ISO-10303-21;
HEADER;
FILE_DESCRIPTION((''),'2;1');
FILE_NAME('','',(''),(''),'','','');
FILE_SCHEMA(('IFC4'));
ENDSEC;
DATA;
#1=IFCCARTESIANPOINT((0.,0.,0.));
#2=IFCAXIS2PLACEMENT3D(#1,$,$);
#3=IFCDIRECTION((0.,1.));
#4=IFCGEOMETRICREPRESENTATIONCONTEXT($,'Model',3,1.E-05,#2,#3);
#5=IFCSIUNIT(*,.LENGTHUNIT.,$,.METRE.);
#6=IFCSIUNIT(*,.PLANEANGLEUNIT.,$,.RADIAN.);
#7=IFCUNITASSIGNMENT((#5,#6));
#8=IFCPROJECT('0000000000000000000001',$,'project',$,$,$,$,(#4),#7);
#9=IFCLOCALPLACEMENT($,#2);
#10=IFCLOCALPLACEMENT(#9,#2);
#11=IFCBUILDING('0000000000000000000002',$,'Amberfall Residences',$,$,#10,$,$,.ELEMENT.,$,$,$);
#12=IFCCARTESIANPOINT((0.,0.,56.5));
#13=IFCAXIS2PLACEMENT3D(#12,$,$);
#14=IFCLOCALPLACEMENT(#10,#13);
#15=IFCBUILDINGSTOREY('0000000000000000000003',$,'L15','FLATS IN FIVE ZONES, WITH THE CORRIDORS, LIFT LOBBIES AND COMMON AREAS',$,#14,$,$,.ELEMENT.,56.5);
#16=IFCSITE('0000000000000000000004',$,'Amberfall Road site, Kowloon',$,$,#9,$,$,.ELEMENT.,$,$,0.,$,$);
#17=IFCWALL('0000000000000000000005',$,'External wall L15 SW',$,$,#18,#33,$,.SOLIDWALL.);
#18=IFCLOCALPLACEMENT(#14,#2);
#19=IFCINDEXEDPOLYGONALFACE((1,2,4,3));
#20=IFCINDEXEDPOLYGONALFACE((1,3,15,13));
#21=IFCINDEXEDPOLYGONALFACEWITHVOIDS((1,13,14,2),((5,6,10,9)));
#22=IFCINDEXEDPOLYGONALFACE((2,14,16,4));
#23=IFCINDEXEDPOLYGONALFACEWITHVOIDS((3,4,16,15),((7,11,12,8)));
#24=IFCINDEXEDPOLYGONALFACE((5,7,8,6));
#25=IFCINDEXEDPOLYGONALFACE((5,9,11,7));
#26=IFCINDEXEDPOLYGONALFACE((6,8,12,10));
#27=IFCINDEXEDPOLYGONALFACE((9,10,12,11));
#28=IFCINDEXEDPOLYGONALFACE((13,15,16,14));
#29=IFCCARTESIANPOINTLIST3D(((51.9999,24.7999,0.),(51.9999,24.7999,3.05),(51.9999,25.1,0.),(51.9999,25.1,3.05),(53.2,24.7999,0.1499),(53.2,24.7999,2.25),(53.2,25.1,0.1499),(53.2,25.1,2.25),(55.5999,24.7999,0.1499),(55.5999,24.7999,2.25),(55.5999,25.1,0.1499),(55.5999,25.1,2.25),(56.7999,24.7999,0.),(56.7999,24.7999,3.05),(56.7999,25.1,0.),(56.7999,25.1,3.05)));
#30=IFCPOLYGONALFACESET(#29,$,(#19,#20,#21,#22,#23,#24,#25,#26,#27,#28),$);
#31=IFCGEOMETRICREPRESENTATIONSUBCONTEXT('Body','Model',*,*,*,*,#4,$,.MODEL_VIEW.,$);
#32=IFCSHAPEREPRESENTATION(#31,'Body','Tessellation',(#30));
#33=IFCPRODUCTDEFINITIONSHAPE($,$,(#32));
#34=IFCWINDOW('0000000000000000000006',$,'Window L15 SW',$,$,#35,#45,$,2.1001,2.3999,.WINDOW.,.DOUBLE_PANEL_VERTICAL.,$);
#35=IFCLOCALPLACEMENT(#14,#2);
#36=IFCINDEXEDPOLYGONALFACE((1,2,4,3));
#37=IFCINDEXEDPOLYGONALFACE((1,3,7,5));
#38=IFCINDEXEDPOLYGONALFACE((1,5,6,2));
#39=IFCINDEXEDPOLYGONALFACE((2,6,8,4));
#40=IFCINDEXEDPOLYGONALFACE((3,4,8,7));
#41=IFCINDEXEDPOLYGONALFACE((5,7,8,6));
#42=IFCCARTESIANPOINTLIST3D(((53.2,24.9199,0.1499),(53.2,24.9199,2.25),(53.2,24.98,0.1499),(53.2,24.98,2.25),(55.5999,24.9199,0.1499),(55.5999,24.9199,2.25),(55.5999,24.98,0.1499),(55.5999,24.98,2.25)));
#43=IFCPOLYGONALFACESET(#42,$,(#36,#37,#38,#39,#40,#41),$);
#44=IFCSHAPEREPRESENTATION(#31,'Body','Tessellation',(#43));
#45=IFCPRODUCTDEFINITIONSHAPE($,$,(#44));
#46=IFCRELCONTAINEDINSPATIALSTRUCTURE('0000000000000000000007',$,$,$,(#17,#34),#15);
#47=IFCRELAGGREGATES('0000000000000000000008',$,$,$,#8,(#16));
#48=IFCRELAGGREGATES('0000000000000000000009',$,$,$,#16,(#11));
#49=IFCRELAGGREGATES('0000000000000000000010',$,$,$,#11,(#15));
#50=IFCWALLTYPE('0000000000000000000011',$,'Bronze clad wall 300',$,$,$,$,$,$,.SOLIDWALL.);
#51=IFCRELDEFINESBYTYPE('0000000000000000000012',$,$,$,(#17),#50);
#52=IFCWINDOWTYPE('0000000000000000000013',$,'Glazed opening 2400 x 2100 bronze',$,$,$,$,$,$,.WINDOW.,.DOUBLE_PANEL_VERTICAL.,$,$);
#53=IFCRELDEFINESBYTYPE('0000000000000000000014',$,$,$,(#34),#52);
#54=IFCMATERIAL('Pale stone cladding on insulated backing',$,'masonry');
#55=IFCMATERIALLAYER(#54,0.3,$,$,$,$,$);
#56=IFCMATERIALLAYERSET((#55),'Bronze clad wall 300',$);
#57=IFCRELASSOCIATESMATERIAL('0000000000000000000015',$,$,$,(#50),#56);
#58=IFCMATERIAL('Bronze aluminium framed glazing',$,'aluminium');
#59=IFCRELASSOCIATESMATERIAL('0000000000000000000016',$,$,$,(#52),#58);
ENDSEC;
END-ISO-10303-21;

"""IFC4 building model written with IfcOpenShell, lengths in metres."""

from ifc_helpers import new_model, si_unit, direction, frame, frame_2d, origin, place, context, subcontext, project, spatial, rectangle, extrude, material, layer, layer_set, type_object, element, fill, save


model = new_model("IFC4")

# Units and contexts
model_context = context("Model", 3, precision=1e-05, world=origin(), true_north=direction((0.0, 1.0)))
body_context = subcontext(model_context, "Body", "Model", "MODEL_VIEW")
ifc_project = project(units=[si_unit("LENGTHUNIT", "METRE"), si_unit("PLANEANGLEUNIT", "RADIAN")], contexts=[model_context])

# Site, building, storey
site_placement = place(None, origin())
site = spatial("IfcSite", under=ifc_project, at=site_placement, Name="Amberfall Road site, Kowloon", CompositionType="ELEMENT", RefElevation=0.0)
building_placement = place(site_placement, origin())
building = spatial("IfcBuilding", under=site, at=building_placement, Name="Amberfall Residences", CompositionType="ELEMENT")
storey_placement = place(building_placement, frame((0.0, 0.0, 56.5)))
storey = spatial("IfcBuildingStorey", under=building, at=storey_placement, Name="L15", Description="FLATS IN FIVE ZONES, WITH THE CORRIDORS, LIFT LOBBIES AND COMMON AREAS", CompositionType="ELEMENT", Elevation=56.5)

# Wall, opening, window
ifc_material_1 = material(Name="Pale stone cladding on insulated backing", Category="masonry")
ifc_layer_1 = layer(ifc_material_1, 0.3)
ifc_layer_set_1 = layer_set([ifc_layer_1], Name="Bronze clad wall 300")
wall_type = type_object("IfcWallType", Name="Bronze clad wall 300", PredefinedType="SOLIDWALL", material=ifc_layer_set_1)
wall_placement = place(storey_placement, frame((52.0, 24.95, 0.0), z_axis=(0.0, 0.0, 1.0), x_axis=(1.0, 0.0, 0.0)))
wall = element("IfcWall", 1, at=wall_placement, inside=storey, type_object=wall_type, Name="External wall L15 SW", PredefinedType="SOLIDWALL", context=body_context, shape_type="SweptSolid", body=[
    extrude(rectangle(XDim=4.8, YDim=0.3, at=frame_2d((2.3999, 0.0))), origin(), (0.0, 0.0, 1.0), 3.05),
])
opening_placement = place(wall_placement, frame((1.2, 0.0, 0.1499)))
opening = element("IfcOpeningElement", 2, at=opening_placement, cuts=wall, PredefinedType="OPENING", context=body_context, shape_type="SweptSolid", body=[
    extrude(rectangle(XDim=2.3999, YDim=2.1001, at=frame_2d((1.2, 1.05))), frame((0.0, 0.1599, 0.0), z_axis=(0.0, -1.0, 0.0), x_axis=(1.0, 0.0, 0.0)), (0.0, 0.0, 1.0), 0.3201),
])
ifc_material_2 = material(Name="Bronze aluminium framed glazing", Category="aluminium")
window_type = type_object("IfcWindowType", Name="Glazed opening 2400 x 2100 bronze", PartitioningType="DOUBLE_PANEL_VERTICAL", PredefinedType="WINDOW", material=ifc_material_2)
window_placement = place(opening_placement, origin())
window = element("IfcWindow", 3, at=window_placement, inside=storey, type_object=window_type, Name="Window L15 SW", OverallHeight=2.1001, OverallWidth=2.3999, PartitioningType="DOUBLE_PANEL_VERTICAL", PredefinedType="WINDOW", context=body_context, shape_type="SweptSolid", body=[
    extrude(rectangle(XDim=2.3999, YDim=2.1001, at=frame_2d((1.2, 1.05))), frame((0.0, 0.03, 0.0), z_axis=(0.0, -1.0, 0.0), x_axis=(1.0, 0.0, 0.0)), (0.0, 0.0, 1.0), 0.0601),
])
fill(opening, window)

save(model, "model.ifc")
